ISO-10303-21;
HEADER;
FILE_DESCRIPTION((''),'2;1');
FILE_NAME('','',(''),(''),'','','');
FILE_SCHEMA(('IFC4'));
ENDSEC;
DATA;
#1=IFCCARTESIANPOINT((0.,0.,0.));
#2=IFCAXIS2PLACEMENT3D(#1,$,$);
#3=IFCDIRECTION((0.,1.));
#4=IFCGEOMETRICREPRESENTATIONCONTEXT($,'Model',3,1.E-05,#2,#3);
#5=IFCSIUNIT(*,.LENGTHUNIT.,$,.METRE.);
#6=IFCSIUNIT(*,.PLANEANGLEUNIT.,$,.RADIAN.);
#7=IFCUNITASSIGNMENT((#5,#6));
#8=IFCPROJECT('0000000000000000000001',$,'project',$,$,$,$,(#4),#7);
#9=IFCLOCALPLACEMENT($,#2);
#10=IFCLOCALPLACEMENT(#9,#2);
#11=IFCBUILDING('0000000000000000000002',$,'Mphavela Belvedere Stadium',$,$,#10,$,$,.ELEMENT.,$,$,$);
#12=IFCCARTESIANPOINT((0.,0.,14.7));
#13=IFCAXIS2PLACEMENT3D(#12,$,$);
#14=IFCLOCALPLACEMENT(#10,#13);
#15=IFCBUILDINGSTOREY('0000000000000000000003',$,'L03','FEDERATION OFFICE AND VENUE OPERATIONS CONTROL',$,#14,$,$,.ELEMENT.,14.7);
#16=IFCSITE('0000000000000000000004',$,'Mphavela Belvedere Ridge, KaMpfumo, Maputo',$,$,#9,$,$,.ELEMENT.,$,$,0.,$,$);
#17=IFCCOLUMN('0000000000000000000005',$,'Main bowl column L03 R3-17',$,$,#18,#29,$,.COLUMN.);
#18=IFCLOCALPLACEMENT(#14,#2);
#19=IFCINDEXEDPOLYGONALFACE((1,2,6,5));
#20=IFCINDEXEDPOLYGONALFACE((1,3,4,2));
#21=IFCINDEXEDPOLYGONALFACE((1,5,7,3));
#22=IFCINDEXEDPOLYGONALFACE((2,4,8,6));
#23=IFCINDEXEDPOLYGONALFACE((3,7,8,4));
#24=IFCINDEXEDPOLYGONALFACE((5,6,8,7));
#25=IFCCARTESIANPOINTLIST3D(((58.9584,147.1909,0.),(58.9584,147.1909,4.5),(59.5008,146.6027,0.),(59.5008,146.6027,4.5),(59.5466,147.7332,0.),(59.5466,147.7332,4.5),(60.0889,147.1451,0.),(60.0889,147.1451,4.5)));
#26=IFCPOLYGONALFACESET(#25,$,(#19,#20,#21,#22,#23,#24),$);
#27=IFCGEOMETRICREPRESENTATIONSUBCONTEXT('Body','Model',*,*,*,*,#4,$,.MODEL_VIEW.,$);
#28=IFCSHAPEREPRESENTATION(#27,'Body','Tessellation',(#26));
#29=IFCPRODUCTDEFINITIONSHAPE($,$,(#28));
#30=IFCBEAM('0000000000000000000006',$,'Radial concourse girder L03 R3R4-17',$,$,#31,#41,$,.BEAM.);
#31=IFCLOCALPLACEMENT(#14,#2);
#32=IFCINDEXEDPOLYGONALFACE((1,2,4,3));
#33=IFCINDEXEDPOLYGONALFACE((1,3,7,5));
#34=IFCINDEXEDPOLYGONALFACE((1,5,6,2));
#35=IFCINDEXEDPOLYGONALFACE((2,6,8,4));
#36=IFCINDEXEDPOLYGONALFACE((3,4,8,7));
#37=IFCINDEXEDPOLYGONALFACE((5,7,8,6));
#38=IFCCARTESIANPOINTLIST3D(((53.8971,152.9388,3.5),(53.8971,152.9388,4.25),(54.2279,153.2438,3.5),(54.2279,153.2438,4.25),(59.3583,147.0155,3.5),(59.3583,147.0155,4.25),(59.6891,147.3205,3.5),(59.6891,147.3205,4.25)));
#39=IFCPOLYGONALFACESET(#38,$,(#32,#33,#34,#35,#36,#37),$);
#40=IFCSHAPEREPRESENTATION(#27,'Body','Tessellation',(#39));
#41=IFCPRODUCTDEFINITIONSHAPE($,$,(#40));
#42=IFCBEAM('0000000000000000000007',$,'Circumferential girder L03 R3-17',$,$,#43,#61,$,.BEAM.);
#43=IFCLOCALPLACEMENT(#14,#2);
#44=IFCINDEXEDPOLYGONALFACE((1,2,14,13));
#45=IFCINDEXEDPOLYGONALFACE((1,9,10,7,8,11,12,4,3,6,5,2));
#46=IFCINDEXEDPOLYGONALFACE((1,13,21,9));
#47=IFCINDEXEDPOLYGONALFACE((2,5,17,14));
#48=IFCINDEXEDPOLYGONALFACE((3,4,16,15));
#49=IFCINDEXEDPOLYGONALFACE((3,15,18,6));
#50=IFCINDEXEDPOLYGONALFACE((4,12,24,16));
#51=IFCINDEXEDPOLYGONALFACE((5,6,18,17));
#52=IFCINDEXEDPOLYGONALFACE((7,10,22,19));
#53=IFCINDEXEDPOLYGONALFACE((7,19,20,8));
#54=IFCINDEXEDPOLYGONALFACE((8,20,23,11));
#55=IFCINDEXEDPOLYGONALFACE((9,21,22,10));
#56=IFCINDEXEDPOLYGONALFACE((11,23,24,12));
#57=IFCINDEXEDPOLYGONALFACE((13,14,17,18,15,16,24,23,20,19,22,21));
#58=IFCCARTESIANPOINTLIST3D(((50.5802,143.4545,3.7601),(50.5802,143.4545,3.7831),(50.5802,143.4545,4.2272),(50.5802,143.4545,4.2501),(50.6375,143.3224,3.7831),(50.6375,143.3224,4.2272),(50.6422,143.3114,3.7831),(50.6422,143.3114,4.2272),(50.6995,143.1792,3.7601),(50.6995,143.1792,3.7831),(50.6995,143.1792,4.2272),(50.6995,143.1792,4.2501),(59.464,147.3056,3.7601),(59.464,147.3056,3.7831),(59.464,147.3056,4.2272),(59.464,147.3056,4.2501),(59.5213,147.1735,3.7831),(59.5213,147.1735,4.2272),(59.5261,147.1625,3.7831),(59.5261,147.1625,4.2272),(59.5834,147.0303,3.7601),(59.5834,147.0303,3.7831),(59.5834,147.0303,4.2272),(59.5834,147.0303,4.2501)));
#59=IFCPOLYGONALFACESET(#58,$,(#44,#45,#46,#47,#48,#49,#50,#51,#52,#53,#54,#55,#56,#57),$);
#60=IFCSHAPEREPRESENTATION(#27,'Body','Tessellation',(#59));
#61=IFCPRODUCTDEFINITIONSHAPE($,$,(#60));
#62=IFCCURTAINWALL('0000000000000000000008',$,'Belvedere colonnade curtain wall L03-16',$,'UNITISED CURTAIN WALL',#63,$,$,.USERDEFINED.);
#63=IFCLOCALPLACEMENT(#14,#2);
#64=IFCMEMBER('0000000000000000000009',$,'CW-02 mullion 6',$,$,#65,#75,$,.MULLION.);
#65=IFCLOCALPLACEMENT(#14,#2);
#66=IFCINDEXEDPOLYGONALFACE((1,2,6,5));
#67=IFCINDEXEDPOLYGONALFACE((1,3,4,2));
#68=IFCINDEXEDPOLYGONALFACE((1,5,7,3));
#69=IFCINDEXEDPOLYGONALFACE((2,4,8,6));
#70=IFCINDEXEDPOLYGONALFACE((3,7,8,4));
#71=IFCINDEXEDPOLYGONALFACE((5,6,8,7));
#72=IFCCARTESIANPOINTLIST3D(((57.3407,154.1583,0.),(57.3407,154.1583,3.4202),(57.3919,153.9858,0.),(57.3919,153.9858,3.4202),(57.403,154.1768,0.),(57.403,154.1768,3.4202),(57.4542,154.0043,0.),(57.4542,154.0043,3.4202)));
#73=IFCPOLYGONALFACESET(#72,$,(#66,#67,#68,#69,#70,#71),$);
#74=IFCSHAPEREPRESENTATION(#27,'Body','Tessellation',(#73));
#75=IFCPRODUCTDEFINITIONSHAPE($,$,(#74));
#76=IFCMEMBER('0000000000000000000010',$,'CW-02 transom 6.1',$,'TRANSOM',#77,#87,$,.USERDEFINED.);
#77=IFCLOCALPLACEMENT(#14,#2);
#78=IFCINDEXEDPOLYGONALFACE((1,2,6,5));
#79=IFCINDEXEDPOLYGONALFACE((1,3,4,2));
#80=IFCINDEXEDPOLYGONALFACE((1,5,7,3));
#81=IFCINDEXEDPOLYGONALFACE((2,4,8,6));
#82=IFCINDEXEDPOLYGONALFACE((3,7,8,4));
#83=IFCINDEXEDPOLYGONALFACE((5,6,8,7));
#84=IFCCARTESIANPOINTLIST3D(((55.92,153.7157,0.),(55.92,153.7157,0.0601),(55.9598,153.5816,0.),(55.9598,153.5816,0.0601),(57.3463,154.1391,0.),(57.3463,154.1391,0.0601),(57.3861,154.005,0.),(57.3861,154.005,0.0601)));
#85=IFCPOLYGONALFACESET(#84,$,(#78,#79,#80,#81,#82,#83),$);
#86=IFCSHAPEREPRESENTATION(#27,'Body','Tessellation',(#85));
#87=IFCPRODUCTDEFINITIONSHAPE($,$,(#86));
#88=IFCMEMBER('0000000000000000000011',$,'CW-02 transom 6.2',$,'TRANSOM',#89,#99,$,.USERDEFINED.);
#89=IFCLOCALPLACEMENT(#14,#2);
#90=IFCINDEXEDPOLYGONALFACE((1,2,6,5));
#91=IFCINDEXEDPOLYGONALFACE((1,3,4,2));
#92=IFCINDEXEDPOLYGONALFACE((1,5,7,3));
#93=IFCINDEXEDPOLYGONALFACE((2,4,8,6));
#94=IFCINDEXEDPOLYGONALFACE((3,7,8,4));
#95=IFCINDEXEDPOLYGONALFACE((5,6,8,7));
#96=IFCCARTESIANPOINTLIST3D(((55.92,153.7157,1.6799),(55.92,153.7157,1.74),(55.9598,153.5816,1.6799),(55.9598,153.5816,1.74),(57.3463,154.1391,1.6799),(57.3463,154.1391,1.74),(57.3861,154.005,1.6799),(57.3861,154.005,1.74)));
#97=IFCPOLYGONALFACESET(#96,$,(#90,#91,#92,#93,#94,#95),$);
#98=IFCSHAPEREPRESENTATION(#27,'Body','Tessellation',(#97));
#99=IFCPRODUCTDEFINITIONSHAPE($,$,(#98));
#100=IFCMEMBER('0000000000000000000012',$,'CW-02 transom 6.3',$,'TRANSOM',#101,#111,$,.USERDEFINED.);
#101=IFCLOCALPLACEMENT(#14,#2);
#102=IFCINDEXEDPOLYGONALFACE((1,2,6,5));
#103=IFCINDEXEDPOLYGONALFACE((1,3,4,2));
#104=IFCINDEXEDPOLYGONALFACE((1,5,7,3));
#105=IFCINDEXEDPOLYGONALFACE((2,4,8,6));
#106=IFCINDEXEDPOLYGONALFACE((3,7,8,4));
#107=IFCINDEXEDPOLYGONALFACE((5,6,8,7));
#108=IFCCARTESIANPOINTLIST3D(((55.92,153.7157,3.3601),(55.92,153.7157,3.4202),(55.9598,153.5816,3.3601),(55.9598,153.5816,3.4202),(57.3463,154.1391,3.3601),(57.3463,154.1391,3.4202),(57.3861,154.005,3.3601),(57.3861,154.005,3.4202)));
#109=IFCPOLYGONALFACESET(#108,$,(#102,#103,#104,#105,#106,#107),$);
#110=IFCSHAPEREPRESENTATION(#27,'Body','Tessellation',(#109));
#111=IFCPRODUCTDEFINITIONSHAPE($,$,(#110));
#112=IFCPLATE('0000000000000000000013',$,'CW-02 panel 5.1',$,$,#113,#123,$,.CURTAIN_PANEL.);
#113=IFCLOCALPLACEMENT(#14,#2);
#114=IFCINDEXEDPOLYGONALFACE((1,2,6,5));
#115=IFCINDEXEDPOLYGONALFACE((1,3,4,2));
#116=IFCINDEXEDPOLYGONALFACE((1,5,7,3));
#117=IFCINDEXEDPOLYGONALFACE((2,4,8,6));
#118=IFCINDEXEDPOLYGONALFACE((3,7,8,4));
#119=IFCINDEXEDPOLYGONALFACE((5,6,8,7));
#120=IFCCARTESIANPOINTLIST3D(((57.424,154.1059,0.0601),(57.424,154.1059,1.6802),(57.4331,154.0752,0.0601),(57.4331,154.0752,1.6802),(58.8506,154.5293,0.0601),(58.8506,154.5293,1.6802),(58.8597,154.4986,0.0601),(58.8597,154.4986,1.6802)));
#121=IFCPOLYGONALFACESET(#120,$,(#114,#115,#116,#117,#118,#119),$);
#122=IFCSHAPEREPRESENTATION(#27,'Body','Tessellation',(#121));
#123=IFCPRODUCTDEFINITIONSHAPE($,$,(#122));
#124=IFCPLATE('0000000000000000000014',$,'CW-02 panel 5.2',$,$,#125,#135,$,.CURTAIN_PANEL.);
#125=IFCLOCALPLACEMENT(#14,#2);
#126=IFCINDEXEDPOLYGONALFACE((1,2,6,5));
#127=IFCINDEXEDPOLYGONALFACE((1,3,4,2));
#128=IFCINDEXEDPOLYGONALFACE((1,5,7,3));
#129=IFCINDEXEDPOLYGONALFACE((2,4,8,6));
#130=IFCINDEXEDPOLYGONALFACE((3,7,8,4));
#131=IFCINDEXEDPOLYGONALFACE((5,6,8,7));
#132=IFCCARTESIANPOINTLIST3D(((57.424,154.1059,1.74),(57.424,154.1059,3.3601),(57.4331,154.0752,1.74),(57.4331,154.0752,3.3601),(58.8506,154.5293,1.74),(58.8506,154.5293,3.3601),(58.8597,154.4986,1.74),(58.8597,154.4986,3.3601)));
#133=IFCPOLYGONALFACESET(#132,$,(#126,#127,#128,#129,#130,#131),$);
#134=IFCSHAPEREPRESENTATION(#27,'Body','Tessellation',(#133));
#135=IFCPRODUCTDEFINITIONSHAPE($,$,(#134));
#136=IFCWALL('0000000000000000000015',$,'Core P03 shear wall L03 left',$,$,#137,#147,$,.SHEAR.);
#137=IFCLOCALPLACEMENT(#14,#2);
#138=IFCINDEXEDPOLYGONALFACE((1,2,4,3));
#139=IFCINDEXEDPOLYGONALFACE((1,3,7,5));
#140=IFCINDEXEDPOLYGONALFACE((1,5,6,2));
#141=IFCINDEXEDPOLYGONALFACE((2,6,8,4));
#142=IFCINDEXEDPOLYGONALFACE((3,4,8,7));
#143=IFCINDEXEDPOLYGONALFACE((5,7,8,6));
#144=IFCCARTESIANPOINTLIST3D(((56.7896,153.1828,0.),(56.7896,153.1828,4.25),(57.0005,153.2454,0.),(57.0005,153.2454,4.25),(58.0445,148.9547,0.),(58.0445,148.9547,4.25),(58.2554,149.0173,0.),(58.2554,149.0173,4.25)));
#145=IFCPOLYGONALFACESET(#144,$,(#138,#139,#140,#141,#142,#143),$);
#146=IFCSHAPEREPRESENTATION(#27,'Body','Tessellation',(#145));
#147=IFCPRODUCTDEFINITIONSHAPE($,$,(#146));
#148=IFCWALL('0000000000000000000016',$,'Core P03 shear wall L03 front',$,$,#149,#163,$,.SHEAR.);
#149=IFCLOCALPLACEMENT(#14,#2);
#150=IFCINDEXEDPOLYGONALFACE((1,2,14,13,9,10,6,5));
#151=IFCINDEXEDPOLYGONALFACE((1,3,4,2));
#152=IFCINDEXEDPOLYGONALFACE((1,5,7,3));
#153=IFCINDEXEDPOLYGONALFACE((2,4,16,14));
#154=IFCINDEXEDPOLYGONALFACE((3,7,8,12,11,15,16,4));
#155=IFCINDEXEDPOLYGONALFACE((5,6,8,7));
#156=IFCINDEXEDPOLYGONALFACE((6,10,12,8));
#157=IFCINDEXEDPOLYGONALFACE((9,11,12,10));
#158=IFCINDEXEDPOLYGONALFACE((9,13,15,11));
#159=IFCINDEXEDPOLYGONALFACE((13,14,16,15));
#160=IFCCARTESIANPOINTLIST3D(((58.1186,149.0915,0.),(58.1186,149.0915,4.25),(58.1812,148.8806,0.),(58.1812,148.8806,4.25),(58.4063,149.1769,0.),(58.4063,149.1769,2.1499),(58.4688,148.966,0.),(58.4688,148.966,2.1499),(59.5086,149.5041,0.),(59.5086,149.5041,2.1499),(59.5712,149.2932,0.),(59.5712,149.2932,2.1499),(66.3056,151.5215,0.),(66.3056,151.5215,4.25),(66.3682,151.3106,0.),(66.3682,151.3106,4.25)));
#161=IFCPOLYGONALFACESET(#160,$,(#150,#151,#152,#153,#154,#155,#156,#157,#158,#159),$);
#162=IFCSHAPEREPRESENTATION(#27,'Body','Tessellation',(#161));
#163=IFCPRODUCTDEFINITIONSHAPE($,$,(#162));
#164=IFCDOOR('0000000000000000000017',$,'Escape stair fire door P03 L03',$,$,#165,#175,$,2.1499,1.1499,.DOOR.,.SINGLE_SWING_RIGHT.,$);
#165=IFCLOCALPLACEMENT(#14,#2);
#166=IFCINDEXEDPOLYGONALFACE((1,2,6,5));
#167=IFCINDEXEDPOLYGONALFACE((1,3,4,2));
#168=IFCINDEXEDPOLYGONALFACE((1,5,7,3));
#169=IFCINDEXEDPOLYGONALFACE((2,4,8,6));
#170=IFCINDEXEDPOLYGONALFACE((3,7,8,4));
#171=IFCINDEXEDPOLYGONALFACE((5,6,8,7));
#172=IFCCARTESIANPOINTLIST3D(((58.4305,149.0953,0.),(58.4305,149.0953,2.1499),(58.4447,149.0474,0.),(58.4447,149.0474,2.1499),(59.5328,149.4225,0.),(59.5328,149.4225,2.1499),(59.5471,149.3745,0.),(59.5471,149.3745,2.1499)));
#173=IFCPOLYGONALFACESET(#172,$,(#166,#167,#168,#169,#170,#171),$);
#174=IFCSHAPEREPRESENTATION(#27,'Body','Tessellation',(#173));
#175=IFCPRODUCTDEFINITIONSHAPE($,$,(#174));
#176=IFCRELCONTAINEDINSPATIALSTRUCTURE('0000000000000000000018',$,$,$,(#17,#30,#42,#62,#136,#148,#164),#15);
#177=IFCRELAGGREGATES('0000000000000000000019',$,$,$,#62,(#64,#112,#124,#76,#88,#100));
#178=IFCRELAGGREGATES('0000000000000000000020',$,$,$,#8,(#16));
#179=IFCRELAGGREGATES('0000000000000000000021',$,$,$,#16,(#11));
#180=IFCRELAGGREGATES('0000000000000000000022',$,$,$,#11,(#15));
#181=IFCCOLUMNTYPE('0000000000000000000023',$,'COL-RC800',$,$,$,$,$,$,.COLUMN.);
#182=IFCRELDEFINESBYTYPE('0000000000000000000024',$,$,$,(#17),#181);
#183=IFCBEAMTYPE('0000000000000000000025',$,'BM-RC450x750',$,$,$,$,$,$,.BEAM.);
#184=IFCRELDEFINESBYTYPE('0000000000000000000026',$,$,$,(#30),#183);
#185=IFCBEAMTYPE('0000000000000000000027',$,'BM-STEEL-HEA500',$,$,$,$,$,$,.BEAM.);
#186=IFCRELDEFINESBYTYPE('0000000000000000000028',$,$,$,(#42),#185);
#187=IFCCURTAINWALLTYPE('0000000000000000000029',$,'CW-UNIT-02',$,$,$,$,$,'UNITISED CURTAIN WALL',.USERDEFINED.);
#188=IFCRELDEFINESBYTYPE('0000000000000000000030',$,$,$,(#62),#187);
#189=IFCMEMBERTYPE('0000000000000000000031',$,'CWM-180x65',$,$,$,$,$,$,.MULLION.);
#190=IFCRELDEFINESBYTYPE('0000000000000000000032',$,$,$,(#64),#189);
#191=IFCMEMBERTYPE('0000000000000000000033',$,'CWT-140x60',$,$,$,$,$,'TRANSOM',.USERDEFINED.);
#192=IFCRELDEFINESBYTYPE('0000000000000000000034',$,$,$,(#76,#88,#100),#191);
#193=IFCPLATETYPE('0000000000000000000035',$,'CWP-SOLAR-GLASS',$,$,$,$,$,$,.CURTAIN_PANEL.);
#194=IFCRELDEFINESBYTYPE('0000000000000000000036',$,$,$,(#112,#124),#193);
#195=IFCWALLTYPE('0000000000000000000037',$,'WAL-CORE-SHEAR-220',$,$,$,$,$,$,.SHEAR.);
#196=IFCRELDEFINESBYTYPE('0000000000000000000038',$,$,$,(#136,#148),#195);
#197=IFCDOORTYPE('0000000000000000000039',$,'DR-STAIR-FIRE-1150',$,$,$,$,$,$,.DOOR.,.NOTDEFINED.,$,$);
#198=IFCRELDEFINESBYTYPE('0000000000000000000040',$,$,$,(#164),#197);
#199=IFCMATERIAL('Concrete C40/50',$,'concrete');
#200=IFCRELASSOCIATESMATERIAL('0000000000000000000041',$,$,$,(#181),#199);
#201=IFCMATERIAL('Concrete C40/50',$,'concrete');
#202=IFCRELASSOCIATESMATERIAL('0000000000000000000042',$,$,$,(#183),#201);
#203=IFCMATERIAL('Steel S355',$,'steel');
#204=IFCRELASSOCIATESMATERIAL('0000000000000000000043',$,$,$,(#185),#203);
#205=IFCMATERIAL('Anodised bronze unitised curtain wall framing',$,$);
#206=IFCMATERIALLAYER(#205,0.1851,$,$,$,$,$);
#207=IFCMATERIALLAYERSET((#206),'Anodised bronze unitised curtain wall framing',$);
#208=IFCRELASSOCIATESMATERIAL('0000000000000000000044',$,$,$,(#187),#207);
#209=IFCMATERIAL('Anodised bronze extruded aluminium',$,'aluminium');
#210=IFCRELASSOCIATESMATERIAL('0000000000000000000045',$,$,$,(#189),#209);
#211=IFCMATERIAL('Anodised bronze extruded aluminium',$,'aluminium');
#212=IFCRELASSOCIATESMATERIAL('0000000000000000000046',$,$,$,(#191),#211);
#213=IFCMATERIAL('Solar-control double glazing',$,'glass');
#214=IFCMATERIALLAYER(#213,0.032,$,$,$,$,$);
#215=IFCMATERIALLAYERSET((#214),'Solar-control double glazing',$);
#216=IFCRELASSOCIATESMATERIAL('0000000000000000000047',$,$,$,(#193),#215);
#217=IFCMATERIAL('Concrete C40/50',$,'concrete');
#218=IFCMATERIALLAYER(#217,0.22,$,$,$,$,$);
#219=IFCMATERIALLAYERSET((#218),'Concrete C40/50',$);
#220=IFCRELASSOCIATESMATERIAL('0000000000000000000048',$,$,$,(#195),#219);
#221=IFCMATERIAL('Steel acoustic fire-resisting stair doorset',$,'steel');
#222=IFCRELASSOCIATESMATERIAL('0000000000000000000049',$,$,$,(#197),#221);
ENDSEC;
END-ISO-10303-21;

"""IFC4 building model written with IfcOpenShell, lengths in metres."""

from ifc_helpers import new_model, si_unit, direction, frame, frame_2d, origin, origin_2d, place, context, subcontext, project, spatial, rectangle, i_section, extrude, material, layer, layer_set, material_profile, profile_set, type_object, element, fill, aggregate, save


model = new_model("IFC4")

# Units and contexts
model_context = context("Model", 3, precision=1e-05, world=origin(), true_north=direction((0.0, 1.0)))
body_context = subcontext(model_context, "Body", "Model", "MODEL_VIEW")
ifc_project = project(units=[si_unit("LENGTHUNIT", "METRE"), si_unit("PLANEANGLEUNIT", "RADIAN")], contexts=[model_context])

# Site, building, storey
site_placement = place(None, origin())
site = spatial("IfcSite", under=ifc_project, at=site_placement, Name="Mphavela Belvedere Ridge, KaMpfumo, Maputo", CompositionType="ELEMENT", RefElevation=0.0)
building_placement = place(site_placement, origin())
building = spatial("IfcBuilding", under=site, at=building_placement, Name="Mphavela Belvedere Stadium", CompositionType="ELEMENT")
storey_placement = place(building_placement, frame((0.0, 0.0, 14.7)))
storey = spatial("IfcBuildingStorey", under=building, at=storey_placement, Name="L03", Description="FEDERATION OFFICE AND VENUE OPERATIONS CONTROL", CompositionType="ELEMENT", Elevation=14.7)

# Column
ifc_material_1 = material(Name="Concrete C40/50", Category="concrete")
ifc_material_profile_1 = material_profile(ifc_material_1, rectangle(XDim=0.8, YDim=0.8, at=origin_2d()), Name="RC 800x800")
ifc_profile_set_1 = profile_set([ifc_material_profile_1], Name="Concrete C40/50")
column_type = type_object("IfcColumnType", Name="COL-RC800", PredefinedType="COLUMN", material=ifc_profile_set_1)
column_placement = place(storey_placement, frame((59.5237, 147.168, 0.0), z_axis=(0.0, 0.0, 1.0), x_axis=(-0.677903, 0.735151, 0.0)))
element("IfcColumn", 1, at=column_placement, inside=storey, type_object=column_type, Name="Main bowl column L03 R3-17", PredefinedType="COLUMN", context=body_context, shape_type="SweptSolid", body=[
    extrude(rectangle(XDim=0.8, YDim=0.8, at=origin_2d()), origin(), (0.0, 0.0, 1.0), 4.5),
])

# Beams
ifc_material_2 = material(Name="Concrete C40/50", Category="concrete")
ifc_material_profile_2 = material_profile(ifc_material_2, rectangle(XDim=0.45, YDim=0.75, at=origin_2d()), Name="RC 450x750")
ifc_profile_set_2 = profile_set([ifc_material_profile_2], Name="Concrete C40/50")
beam_type_1 = type_object("IfcBeamType", Name="BM-RC450x750", PredefinedType="BEAM", material=ifc_profile_set_2)
beam_1_placement = place(storey_placement, frame((59.5237, 147.168, 3.875), z_axis=(-0.677843, 0.735206, 0.0), x_axis=(-0.735206, -0.677843, 0.0)))
element("IfcBeam", 2, at=beam_1_placement, inside=storey, type_object=beam_type_1, Name="Radial concourse girder L03 R3R4-17", PredefinedType="BEAM", context=body_context, shape_type="SweptSolid", body=[
    extrude(rectangle(XDim=0.45, YDim=0.75, at=origin_2d()), origin(), (0.0, 0.0, 1.0), 8.0566),
])
ifc_material_3 = material(Name="Steel S355", Category="steel")
ifc_material_profile_3 = material_profile(ifc_material_3, i_section(OverallWidth=0.3, OverallDepth=0.49, WebThickness=0.012, FlangeThickness=0.0229, at=origin_2d()), Name="HEA 500")
ifc_profile_set_3 = profile_set([ifc_material_profile_3], Name="Steel S355")
beam_type_2 = type_object("IfcBeamType", Name="BM-STEEL-HEA500", PredefinedType="BEAM", material=ifc_profile_set_3)
beam_2_placement = place(storey_placement, frame((59.5237, 147.168, 4.0051), z_axis=(-0.917502, -0.397732, 0.0), x_axis=(0.397732, -0.917502, 0.0)))
element("IfcBeam", 3, at=beam_2_placement, inside=storey, type_object=beam_type_2, Name="Circumferential girder L03 R3-17", PredefinedType="BEAM", context=body_context, shape_type="SweptSolid", body=[
    extrude(i_section(OverallWidth=0.3, OverallDepth=0.49, WebThickness=0.012, FlangeThickness=0.0229, at=origin_2d()), origin(), (0.0, 0.0, 1.0), 9.6826),
])

# Curtain wall, members, plates
ifc_material_4 = material(Name="Anodised bronze unitised curtain wall framing")
ifc_layer_1 = layer(ifc_material_4, 0.1851)
ifc_layer_set_1 = layer_set([ifc_layer_1], Name="Anodised bronze unitised curtain wall framing")
curtain_wall_type = type_object("IfcCurtainWallType", Name="CW-UNIT-02", ElementType="UNITISED CURTAIN WALL", PredefinedType="USERDEFINED", material=ifc_layer_set_1)
curtain_wall_placement = place(storey_placement, origin())
curtain_wall = element("IfcCurtainWall", 4, at=curtain_wall_placement, inside=storey, type_object=curtain_wall_type, Name="Belvedere colonnade curtain wall L03-16", ObjectType="UNITISED CURTAIN WALL", PredefinedType="USERDEFINED")
ifc_material_5 = material(Name="Anodised bronze extruded aluminium", Category="aluminium")
ifc_material_profile_4 = material_profile(ifc_material_5, rectangle(XDim=0.1799, YDim=0.0649, at=origin_2d()), Name="CW-MUL 180x65")
ifc_profile_set_4 = profile_set([ifc_material_profile_4], Name="Anodised bronze extruded aluminium")
member_type_1 = type_object("IfcMemberType", Name="CWM-180x65", PredefinedType="MULLION", material=ifc_profile_set_4)
member_1_placement = place(storey_placement, frame((57.3975, 154.0813, 0.0), z_axis=(0.0, 0.0, 1.0), x_axis=(0.284565, -0.958657, 0.0)))
member_1 = element("IfcMember", 5, at=member_1_placement, type_object=member_type_1, Name="CW-02 mullion 6", PredefinedType="MULLION", context=body_context, shape_type="SweptSolid", body=[
    extrude(rectangle(XDim=0.1799, YDim=0.0649, at=origin_2d()), origin(), (0.0, 0.0, 1.0), 3.4202),
])
ifc_material_6 = material(Name="Anodised bronze extruded aluminium", Category="aluminium")
ifc_material_profile_5 = material_profile(ifc_material_6, rectangle(XDim=0.1399, YDim=0.0601, at=origin_2d()), Name="CW-TRN 140x60")
ifc_profile_set_5 = profile_set([ifc_material_profile_5], Name="Anodised bronze extruded aluminium")
member_type_2 = type_object("IfcMemberType", Name="CWT-140x60", ElementType="TRANSOM", PredefinedType="USERDEFINED", material=ifc_profile_set_5)
member_2_placement = place(storey_placement, frame((57.3662, 154.072, 0.03), z_axis=(-0.958662, -0.284546, 0.0), x_axis=(0.284546, -0.958662, 0.0)))
member_2 = element("IfcMember", 6, at=member_2_placement, type_object=member_type_2, Name="CW-02 transom 6.1", ObjectType="TRANSOM", PredefinedType="USERDEFINED", context=body_context, shape_type="SweptSolid", body=[
    extrude(rectangle(XDim=0.1399, YDim=0.0601, at=origin_2d()), origin(), (0.0, 0.0, 1.0), 1.4878),
])
member_3_placement = place(storey_placement, frame((57.3662, 154.072, 1.71), z_axis=(-0.958662, -0.284546, 0.0), x_axis=(0.284546, -0.958662, 0.0)))
member_3 = element("IfcMember", 7, at=member_3_placement, type_object=member_type_2, Name="CW-02 transom 6.2", ObjectType="TRANSOM", PredefinedType="USERDEFINED", context=body_context, shape_type="SweptSolid", body=[
    extrude(rectangle(XDim=0.1399, YDim=0.0601, at=origin_2d()), origin(), (0.0, 0.0, 1.0), 1.4878),
])
member_4_placement = place(storey_placement, frame((57.3662, 154.072, 3.3901), z_axis=(-0.958662, -0.284546, 0.0), x_axis=(0.284546, -0.958662, 0.0)))
member_4 = element("IfcMember", 8, at=member_4_placement, type_object=member_type_2, Name="CW-02 transom 6.3", ObjectType="TRANSOM", PredefinedType="USERDEFINED", context=body_context, shape_type="SweptSolid", body=[
    extrude(rectangle(XDim=0.1399, YDim=0.0601, at=origin_2d()), origin(), (0.0, 0.0, 1.0), 1.4878),
])
ifc_material_7 = material(Name="Solar-control double glazing", Category="glass")
ifc_layer_2 = layer(ifc_material_7, 0.032)
ifc_layer_set_2 = layer_set([ifc_layer_2], Name="Solar-control double glazing")
plate_type = type_object("IfcPlateType", Name="CWP-SOLAR-GLASS", PredefinedType="CURTAIN_PANEL", material=ifc_layer_set_2)
plate_1_placement = place(storey_placement, frame((58.1418, 154.3022, 0.0601), z_axis=(0.0, 0.0, 1.0), x_axis=(-0.958657, -0.284565, 0.0)))
plate_1 = element("IfcPlate", 9, at=plate_1_placement, type_object=plate_type, Name="CW-02 panel 5.1", PredefinedType="CURTAIN_PANEL", context=body_context, shape_type="SweptSolid", body=[
    extrude(rectangle(XDim=1.488, YDim=0.032, at=origin_2d()), origin(), (0.0, 0.0, 1.0), 1.6201),
])
plate_2_placement = place(storey_placement, frame((58.1418, 154.3022, 1.74), z_axis=(0.0, 0.0, 1.0), x_axis=(-0.958657, -0.284565, 0.0)))
plate_2 = element("IfcPlate", 10, at=plate_2_placement, type_object=plate_type, Name="CW-02 panel 5.2", PredefinedType="CURTAIN_PANEL", context=body_context, shape_type="SweptSolid", body=[
    extrude(rectangle(XDim=1.488, YDim=0.032, at=origin_2d()), origin(), (0.0, 0.0, 1.0), 1.6201),
])
aggregate(curtain_wall, [member_1, plate_1, plate_2, member_2, member_3, member_4])

# Wall
ifc_material_8 = material(Name="Concrete C40/50", Category="concrete")
ifc_layer_3 = layer(ifc_material_8, 0.22)
ifc_layer_set_3 = layer_set([ifc_layer_3], Name="Concrete C40/50")
wall_type_1 = type_object("IfcWallType", Name="WAL-CORE-SHEAR-220", PredefinedType="SHEAR", material=ifc_layer_set_3)
wall_1_placement = place(storey_placement, frame((58.1499, 148.9861, 0.0), z_axis=(0.0, 0.0, 1.0), x_axis=(-0.284533, 0.958666, 0.0)))
element("IfcWall", 11, at=wall_1_placement, inside=storey, type_object=wall_type_1, Name="Core P03 shear wall L03 left", PredefinedType="SHEAR", context=body_context, shape_type="SweptSolid", body=[
    extrude(rectangle(XDim=4.4104, YDim=0.22, at=frame_2d((2.2051, 0.0))), origin(), (0.0, 0.0, 1.0), 4.25),
])

# Wall, opening, door
wall_2_placement = place(storey_placement, frame((58.1499, 148.9861, 0.0), z_axis=(0.0, 0.0, 1.0), x_axis=(0.958666, 0.284535, 0.0)))
wall_2 = element("IfcWall", 12, at=wall_2_placement, inside=storey, type_object=wall_type_1, Name="Core P03 shear wall L03 front", PredefinedType="SHEAR", context=body_context, shape_type="SweptSolid", body=[
    extrude(rectangle(XDim=8.54, YDim=0.22, at=frame_2d((4.27, 0.0))), origin(), (0.0, 0.0, 1.0), 4.25),
])
opening_1_placement = place(wall_2_placement, frame((0.3, 0.0, 0.0)))
opening_1 = element("IfcOpeningElement", 13, at=opening_1_placement, cuts=wall_2, PredefinedType="OPENING", context=body_context, shape_type="SweptSolid", body=[
    extrude(rectangle(XDim=1.1499, YDim=2.1499, at=frame_2d((0.575, 1.075))), frame((0.0, 0.1201, 0.0), z_axis=(0.0, -1.0, 0.0), x_axis=(1.0, 0.0, 0.0)), (0.0, 0.0, 1.0), 0.24),
])
ifc_material_9 = material(Name="Steel acoustic fire-resisting stair doorset", Category="steel")
door_type_1 = type_object("IfcDoorType", Name="DR-STAIR-FIRE-1150", OperationType="NOTDEFINED", PredefinedType="DOOR", material=ifc_material_9)
door_1_placement = place(opening_1_placement, origin())
door_1 = element("IfcDoor", 14, at=door_1_placement, inside=storey, type_object=door_type_1, Name="Escape stair fire door P03 L03", OperationType="SINGLE_SWING_RIGHT", OverallHeight=2.1499, OverallWidth=1.1499, PredefinedType="DOOR", context=body_context, shape_type="SweptSolid", body=[
    extrude(rectangle(XDim=1.1499, YDim=2.1499, at=frame_2d((0.575, 1.075))), frame((0.0, 0.0249, 0.0), z_axis=(0.0, -1.0, 0.0), x_axis=(1.0, 0.0, 0.0)), (0.0, 0.0, 1.0), 0.05),
])
fill(opening_1, door_1)

save(model, "model.ifc")
